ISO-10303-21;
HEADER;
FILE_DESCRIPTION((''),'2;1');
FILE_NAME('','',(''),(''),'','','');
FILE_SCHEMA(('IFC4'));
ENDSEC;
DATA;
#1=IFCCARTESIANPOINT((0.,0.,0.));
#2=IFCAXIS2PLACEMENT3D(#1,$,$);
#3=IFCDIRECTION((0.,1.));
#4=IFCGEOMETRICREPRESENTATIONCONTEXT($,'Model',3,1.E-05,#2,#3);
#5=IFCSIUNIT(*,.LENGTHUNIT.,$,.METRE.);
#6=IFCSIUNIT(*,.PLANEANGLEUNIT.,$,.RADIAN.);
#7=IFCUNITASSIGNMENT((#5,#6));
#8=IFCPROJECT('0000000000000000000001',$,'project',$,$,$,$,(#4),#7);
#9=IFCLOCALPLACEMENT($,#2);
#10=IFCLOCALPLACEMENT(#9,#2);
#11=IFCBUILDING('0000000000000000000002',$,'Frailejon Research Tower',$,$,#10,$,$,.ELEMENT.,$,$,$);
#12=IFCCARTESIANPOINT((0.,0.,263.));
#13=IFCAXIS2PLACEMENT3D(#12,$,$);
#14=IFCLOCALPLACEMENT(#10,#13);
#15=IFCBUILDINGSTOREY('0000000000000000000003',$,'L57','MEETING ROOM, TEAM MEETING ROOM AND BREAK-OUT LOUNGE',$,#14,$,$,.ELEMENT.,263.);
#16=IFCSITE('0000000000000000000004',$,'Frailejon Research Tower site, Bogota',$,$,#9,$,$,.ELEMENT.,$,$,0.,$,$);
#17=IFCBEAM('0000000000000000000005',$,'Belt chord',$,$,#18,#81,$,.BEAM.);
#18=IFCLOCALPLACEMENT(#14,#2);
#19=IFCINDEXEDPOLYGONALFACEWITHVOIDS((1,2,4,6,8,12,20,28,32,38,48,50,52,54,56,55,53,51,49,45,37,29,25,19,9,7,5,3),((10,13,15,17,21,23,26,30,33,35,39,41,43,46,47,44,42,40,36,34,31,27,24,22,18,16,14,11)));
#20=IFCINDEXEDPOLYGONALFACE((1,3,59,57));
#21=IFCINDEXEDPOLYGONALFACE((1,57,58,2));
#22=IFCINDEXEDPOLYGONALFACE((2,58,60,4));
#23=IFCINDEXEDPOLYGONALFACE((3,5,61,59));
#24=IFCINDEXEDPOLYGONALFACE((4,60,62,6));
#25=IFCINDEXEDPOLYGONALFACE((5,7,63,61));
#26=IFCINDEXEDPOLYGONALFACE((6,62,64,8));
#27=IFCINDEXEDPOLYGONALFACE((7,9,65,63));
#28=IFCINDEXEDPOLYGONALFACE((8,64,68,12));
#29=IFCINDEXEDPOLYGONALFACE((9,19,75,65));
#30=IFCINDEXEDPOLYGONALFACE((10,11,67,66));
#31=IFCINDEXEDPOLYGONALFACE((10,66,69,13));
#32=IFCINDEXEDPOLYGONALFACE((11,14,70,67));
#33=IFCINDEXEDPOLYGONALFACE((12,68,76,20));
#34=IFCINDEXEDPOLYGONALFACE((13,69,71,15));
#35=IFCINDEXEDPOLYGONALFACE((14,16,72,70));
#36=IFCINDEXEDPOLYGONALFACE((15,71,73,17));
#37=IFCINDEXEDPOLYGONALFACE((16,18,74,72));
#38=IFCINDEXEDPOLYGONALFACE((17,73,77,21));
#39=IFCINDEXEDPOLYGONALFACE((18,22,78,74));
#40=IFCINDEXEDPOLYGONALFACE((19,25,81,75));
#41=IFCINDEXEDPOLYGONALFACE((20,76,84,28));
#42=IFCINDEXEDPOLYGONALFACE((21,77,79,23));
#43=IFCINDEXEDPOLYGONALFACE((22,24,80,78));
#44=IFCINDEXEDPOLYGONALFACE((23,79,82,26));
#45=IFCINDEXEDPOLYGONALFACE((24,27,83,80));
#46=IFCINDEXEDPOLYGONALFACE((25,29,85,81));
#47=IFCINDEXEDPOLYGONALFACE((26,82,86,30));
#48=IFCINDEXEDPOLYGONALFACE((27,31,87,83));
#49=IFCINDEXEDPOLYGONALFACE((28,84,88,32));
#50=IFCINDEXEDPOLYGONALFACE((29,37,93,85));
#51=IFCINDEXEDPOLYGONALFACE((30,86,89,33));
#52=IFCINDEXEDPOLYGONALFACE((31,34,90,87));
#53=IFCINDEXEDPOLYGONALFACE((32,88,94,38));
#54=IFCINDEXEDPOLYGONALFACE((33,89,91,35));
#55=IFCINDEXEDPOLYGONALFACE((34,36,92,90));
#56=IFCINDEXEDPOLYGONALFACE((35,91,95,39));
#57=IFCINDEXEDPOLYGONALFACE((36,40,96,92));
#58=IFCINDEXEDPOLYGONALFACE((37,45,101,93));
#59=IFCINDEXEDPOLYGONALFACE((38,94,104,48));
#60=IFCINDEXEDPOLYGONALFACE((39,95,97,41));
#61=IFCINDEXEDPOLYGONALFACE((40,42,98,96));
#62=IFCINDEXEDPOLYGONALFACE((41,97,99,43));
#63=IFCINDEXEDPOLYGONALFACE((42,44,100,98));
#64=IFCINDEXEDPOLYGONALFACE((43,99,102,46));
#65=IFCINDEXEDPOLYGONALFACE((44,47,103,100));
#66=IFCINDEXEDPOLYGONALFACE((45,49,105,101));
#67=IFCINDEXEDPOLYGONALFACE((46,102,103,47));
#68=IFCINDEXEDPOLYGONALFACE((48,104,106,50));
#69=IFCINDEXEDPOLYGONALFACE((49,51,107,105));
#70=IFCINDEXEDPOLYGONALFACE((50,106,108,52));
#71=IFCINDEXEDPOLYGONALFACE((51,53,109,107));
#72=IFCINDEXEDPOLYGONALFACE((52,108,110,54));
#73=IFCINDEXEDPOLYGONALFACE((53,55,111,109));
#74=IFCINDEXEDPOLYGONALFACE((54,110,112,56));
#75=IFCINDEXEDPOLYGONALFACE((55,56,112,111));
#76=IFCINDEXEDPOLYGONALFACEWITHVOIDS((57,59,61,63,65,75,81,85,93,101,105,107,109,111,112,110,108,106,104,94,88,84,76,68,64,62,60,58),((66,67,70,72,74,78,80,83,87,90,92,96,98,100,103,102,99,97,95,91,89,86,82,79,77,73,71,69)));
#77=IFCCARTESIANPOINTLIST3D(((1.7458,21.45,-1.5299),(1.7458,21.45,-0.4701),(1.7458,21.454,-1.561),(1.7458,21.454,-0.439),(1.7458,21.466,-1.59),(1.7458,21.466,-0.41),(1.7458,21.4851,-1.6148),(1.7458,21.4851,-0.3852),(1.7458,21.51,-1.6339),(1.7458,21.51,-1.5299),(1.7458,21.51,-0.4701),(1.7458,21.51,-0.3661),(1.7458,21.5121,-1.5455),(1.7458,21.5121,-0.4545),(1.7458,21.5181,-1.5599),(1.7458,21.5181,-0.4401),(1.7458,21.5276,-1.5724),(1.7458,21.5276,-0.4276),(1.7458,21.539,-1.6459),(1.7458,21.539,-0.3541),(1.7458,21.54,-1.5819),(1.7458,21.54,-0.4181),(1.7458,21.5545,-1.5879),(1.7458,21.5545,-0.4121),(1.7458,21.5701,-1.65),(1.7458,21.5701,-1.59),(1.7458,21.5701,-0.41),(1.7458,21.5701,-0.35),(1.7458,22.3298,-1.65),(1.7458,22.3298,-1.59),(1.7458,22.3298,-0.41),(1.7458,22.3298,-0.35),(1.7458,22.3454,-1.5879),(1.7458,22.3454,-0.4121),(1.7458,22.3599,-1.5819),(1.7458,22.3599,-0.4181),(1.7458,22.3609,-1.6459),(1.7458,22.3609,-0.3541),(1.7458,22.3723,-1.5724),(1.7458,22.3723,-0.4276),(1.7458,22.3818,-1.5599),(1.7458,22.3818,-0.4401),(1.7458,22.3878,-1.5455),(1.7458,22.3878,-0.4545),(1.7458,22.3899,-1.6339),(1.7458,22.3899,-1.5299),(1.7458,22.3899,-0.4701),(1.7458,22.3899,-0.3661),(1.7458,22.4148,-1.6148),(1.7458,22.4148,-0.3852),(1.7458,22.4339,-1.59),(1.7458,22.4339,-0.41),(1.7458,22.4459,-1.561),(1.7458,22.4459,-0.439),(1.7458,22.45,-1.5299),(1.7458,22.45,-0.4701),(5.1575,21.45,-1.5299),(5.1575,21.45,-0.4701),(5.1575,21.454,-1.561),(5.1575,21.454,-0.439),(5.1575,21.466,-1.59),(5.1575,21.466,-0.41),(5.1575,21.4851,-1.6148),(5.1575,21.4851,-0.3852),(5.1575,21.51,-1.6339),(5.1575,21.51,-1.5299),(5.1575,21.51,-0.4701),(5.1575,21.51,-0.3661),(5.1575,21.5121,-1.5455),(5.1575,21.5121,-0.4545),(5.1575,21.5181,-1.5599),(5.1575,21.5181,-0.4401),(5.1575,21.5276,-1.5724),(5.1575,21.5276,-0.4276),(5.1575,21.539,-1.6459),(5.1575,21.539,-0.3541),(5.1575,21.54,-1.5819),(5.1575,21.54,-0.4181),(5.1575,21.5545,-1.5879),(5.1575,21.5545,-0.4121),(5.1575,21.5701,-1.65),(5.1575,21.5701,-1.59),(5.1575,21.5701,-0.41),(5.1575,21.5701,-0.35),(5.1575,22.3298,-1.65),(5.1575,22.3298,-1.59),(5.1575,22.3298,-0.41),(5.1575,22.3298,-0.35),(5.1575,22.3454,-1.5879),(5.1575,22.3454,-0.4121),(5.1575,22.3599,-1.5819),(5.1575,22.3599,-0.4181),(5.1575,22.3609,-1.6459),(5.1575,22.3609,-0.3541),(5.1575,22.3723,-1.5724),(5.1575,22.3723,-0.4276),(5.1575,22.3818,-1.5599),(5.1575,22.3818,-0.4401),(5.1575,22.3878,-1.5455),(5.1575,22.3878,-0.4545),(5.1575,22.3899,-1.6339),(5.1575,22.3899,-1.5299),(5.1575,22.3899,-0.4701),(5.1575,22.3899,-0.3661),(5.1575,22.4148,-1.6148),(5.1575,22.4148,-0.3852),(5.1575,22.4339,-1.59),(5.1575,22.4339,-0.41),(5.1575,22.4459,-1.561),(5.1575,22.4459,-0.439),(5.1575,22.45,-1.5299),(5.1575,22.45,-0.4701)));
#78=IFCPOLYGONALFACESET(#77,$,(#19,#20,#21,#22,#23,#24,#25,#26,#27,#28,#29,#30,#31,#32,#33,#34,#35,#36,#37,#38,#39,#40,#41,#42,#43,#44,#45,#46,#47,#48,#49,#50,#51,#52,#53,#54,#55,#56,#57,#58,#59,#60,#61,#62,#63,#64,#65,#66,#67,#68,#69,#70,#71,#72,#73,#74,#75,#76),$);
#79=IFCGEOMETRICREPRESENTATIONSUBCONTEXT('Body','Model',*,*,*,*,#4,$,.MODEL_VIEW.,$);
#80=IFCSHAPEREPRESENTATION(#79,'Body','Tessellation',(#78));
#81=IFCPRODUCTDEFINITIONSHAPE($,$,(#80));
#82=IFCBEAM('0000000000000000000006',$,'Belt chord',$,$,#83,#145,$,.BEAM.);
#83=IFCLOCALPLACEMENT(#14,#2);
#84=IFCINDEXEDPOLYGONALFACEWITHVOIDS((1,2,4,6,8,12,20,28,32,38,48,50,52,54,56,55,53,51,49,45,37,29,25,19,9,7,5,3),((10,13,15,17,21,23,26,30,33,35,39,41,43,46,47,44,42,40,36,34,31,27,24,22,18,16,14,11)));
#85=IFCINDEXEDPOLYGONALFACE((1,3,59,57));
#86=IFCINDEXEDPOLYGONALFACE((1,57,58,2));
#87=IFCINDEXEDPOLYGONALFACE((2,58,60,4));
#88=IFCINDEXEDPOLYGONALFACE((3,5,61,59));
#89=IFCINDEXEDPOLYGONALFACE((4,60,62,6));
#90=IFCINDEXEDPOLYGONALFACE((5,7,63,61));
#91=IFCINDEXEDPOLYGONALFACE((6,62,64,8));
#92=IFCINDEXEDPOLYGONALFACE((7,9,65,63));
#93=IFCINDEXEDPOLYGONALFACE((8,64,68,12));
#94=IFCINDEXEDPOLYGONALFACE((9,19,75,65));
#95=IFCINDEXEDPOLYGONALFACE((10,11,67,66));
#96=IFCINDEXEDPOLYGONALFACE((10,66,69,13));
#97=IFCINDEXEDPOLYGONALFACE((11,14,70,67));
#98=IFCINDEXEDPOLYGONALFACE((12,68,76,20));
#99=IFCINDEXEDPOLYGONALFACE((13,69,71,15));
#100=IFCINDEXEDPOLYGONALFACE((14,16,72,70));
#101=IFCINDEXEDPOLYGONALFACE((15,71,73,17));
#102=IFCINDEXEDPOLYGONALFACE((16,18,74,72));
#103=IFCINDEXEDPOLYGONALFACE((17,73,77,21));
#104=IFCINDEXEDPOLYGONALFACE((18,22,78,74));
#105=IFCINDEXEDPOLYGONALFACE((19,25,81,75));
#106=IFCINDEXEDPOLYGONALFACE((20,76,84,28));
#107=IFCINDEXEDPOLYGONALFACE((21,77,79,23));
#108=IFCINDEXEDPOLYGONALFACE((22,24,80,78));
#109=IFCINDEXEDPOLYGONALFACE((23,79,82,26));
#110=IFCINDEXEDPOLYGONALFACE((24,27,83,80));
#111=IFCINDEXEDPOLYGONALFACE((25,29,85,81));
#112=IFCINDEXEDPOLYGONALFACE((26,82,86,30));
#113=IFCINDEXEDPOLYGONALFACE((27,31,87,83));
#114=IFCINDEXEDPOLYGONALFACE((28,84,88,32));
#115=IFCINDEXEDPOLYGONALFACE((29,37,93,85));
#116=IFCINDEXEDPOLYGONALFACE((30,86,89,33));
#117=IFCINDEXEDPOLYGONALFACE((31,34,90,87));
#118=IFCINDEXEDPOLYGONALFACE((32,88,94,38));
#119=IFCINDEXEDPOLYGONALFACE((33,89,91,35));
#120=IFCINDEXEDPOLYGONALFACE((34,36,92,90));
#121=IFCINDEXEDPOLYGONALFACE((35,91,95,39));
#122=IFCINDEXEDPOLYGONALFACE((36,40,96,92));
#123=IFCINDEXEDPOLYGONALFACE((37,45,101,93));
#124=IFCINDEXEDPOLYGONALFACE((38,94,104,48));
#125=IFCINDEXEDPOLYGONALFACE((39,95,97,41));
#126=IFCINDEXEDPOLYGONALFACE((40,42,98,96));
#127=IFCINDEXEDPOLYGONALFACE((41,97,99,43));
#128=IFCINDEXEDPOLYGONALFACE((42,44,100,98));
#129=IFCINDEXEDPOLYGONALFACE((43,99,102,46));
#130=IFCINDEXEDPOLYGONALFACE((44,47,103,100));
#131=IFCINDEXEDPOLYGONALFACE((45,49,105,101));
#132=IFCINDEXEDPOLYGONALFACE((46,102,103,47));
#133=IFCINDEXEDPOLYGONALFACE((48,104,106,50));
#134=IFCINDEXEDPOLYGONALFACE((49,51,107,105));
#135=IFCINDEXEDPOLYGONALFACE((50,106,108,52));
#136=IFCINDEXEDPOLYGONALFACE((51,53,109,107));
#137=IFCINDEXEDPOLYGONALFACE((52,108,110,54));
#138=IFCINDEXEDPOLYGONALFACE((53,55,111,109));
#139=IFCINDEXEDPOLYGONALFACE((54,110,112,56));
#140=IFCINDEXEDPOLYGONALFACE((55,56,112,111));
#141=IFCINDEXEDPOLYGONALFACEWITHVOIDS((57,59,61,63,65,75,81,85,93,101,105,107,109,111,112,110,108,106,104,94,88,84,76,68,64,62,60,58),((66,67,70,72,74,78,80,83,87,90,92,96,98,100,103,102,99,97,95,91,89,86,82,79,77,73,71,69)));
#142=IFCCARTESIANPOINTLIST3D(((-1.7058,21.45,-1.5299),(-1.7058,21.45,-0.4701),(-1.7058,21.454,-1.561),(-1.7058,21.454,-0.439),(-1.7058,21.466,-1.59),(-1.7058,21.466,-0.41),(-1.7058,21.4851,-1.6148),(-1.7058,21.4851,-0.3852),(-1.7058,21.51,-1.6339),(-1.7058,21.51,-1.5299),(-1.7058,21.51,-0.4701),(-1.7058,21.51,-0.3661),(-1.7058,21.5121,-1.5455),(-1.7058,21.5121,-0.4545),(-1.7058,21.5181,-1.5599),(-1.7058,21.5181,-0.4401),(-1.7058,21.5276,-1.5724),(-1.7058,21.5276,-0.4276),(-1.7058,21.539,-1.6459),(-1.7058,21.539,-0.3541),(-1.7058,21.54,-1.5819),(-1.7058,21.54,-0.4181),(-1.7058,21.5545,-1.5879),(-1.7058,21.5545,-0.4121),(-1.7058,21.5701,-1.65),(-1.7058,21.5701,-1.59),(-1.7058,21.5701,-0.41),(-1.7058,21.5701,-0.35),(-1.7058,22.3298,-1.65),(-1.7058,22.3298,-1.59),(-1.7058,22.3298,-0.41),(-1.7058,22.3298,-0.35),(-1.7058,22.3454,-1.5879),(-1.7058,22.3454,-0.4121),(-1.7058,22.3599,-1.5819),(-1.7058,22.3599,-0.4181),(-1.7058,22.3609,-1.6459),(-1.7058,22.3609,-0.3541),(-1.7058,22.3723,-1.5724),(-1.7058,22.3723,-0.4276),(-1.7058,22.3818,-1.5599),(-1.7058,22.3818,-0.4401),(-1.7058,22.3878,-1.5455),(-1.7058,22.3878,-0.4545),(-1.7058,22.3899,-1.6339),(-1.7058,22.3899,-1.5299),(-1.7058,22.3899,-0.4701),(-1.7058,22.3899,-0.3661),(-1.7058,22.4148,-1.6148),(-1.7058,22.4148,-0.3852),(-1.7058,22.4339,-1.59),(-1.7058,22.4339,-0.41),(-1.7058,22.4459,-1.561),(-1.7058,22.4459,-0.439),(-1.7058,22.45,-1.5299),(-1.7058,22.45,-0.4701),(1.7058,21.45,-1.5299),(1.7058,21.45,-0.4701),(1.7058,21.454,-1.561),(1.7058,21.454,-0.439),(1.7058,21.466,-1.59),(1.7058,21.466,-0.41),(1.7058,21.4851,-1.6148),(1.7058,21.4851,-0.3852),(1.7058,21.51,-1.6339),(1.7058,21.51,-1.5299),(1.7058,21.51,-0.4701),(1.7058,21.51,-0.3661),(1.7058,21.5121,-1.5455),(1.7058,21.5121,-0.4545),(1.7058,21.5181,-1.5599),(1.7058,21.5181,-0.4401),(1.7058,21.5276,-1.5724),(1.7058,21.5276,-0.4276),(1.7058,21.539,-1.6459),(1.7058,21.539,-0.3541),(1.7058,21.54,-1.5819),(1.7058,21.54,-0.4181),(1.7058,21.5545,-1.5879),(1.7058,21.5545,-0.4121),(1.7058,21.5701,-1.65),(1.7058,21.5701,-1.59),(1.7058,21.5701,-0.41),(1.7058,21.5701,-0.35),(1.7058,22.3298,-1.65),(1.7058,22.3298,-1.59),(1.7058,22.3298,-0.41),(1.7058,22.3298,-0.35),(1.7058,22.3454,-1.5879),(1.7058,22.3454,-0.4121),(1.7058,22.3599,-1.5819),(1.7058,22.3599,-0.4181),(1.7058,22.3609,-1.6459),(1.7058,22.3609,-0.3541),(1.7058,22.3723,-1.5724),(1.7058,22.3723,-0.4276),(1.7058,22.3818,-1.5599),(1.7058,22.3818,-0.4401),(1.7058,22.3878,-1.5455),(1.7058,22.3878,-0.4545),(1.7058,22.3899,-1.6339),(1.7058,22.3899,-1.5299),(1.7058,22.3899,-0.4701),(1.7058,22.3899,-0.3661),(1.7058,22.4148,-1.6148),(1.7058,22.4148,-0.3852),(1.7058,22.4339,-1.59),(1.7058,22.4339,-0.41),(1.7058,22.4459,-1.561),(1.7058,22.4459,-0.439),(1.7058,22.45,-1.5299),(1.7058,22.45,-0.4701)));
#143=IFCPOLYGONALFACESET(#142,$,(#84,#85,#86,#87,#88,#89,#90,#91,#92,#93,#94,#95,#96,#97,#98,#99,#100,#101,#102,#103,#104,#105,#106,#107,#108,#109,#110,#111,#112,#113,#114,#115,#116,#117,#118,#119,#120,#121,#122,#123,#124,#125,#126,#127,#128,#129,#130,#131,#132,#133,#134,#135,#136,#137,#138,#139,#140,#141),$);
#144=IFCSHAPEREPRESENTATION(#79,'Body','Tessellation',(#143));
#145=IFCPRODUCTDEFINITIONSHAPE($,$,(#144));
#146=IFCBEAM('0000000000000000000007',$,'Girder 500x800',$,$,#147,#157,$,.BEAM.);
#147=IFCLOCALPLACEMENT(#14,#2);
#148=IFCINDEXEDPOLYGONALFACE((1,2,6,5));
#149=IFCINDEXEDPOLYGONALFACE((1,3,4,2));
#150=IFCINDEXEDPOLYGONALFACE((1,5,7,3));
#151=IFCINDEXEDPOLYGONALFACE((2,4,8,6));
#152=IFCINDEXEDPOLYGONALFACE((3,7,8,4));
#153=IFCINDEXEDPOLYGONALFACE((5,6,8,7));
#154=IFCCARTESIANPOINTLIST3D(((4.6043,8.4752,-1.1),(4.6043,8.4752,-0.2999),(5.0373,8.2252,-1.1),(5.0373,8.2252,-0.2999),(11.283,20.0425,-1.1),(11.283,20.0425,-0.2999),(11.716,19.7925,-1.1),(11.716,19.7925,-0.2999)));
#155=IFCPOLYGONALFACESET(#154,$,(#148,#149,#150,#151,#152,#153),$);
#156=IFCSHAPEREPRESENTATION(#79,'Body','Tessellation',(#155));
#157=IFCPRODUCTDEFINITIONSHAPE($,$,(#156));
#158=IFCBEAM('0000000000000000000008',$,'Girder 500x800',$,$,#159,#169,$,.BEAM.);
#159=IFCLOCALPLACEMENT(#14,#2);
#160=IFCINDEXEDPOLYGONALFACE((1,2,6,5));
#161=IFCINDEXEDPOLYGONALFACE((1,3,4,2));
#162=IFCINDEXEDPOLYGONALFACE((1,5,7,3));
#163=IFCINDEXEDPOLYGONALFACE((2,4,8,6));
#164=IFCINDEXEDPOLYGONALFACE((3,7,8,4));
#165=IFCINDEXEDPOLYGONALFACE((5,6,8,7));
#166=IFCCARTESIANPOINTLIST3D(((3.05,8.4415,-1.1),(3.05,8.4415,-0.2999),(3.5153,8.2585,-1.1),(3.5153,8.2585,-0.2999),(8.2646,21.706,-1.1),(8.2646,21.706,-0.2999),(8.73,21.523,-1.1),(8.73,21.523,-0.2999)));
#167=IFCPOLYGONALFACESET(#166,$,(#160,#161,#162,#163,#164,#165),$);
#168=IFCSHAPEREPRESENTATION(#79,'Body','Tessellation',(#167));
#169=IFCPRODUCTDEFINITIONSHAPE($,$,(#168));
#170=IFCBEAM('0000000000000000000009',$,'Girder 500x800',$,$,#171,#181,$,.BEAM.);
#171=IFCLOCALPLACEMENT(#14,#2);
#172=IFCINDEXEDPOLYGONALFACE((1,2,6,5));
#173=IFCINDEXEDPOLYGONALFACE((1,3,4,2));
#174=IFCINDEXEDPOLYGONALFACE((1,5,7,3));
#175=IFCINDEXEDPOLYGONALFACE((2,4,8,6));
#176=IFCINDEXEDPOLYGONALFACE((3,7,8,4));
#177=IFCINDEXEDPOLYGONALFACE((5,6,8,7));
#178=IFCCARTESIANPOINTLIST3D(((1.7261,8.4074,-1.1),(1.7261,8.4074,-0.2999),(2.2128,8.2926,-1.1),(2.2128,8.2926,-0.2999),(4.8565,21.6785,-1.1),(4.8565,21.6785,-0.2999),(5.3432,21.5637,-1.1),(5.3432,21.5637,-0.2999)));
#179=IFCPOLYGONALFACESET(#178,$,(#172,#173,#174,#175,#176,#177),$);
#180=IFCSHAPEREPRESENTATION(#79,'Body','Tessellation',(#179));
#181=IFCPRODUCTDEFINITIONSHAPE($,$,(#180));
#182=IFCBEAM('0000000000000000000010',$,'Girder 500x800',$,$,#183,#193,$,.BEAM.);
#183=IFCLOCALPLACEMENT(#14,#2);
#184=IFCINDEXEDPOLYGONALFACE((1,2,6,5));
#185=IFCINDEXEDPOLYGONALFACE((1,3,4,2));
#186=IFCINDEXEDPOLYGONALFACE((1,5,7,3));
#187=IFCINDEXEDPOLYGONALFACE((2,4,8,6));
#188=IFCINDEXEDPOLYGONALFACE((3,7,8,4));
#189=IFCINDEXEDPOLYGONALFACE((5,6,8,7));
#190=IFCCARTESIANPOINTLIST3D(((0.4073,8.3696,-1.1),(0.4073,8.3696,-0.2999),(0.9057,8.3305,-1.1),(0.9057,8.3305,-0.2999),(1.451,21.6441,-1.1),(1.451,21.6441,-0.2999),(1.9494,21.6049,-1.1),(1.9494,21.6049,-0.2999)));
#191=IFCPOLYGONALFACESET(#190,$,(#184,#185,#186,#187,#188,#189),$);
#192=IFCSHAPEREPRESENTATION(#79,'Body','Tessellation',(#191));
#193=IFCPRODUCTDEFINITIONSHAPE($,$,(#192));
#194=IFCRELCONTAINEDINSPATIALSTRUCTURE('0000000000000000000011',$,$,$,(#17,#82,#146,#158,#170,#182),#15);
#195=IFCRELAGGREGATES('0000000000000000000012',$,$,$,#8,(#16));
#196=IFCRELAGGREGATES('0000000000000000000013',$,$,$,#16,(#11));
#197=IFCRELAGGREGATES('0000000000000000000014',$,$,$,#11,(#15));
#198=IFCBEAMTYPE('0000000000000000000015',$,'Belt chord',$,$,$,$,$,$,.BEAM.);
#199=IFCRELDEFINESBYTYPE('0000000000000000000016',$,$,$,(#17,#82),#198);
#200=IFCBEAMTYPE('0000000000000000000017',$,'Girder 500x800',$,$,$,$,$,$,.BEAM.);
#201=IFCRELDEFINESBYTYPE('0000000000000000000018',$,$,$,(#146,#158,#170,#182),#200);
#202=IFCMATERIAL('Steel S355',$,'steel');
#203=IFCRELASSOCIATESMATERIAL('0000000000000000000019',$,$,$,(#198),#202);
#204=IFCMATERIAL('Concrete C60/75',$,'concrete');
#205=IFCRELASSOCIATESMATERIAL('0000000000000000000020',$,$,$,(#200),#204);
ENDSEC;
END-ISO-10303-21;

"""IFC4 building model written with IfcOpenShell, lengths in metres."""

from ifc_helpers import new_model, si_unit, direction, frame, origin, origin_2d, place, context, subcontext, project, spatial, rectangle, hollow_rectangle, extrude, material, material_profile, profile_set, type_object, element, save


model = new_model("IFC4")

# Units and contexts
model_context = context("Model", 3, precision=1e-05, world=origin(), true_north=direction((0.0, 1.0)))
body_context = subcontext(model_context, "Body", "Model", "MODEL_VIEW")
ifc_project = project(units=[si_unit("LENGTHUNIT", "METRE"), si_unit("PLANEANGLEUNIT", "RADIAN")], contexts=[model_context])

# Site, building, storey
site_placement = place(None, origin())
site = spatial("IfcSite", under=ifc_project, at=site_placement, Name="Frailejon Research Tower site, Bogota", CompositionType="ELEMENT", RefElevation=0.0)
building_placement = place(site_placement, origin())
building = spatial("IfcBuilding", under=site, at=building_placement, Name="Frailejon Research Tower", CompositionType="ELEMENT")
storey_placement = place(building_placement, frame((0.0, 0.0, 263.0)))
storey = spatial("IfcBuildingStorey", under=building, at=storey_placement, Name="L57", Description="MEETING ROOM, TEAM MEETING ROOM AND BREAK-OUT LOUNGE", CompositionType="ELEMENT", Elevation=263.0)

# Beams
ifc_material_1 = material(Name="Steel S355", Category="steel")
ifc_material_profile_1 = material_profile(ifc_material_1, hollow_rectangle(XDim=1.0, YDim=1.3, WallThickness=0.0601, InnerFilletRadius=0.0601, OuterFilletRadius=0.1201, at=origin_2d()), Name="Belt chord")
ifc_profile_set_1 = profile_set([ifc_material_profile_1], Name="Steel S355")
beam_type_1 = type_object("IfcBeamType", Name="Belt chord", PredefinedType="BEAM", material=ifc_profile_set_1)
for number, where, z_axis, x_axis, name in (
    (1, (5.1575, 21.95, -1.0), (-1.0, 0.0, 0.0), (0.0, -1.0, 0.0), "Belt chord"),
    (2, (1.7058, 21.95, -1.0), (-1.0, 0.0, 0.0), (0.0, -1.0, 0.0), "Belt chord"),
):
    element("IfcBeam", number, at=place(storey_placement, frame(where, z_axis=z_axis, x_axis=x_axis)), inside=storey, type_object=beam_type_1, Name=name, PredefinedType="BEAM", context=body_context, shape_type="SweptSolid", body=[
        extrude(hollow_rectangle(XDim=1.0, YDim=1.3, WallThickness=0.0601, InnerFilletRadius=0.0601, OuterFilletRadius=0.1201, at=origin_2d()), origin(), (0.0, 0.0, 1.0), 3.4116),
    ])
ifc_material_2 = material(Name="Concrete C60/75", Category="concrete")
ifc_material_profile_2 = material_profile(ifc_material_2, rectangle(XDim=0.5, YDim=0.8, at=origin_2d()), Name="Girder 500x800")
ifc_profile_set_2 = profile_set([ifc_material_profile_2], Name="Concrete C60/75")
beam_type_2 = type_object("IfcBeamType", Name="Girder 500x800", PredefinedType="BEAM", material=ifc_profile_set_2)
beam_1_placement = place(storey_placement, frame((11.4995, 19.9175, -0.7), z_axis=(-0.500016, -0.866016, 0.0), x_axis=(0.866016, -0.500016, 0.0)))
element("IfcBeam", 3, at=beam_1_placement, inside=storey, type_object=beam_type_2, Name="Girder 500x800", PredefinedType="BEAM", context=body_context, shape_type="SweptSolid", body=[
    extrude(rectangle(XDim=0.5, YDim=0.8, at=origin_2d()), origin(), (0.0, 0.0, 1.0), 13.3569),
])
beam_2_placement = place(storey_placement, frame((8.4973, 21.6145, -0.7), z_axis=(-0.36587, -0.930666, 0.0), x_axis=(0.930666, -0.36587, 0.0)))
element("IfcBeam", 4, at=beam_2_placement, inside=storey, type_object=beam_type_2, Name="Girder 500x800", PredefinedType="BEAM", context=body_context, shape_type="SweptSolid", body=[
    extrude(rectangle(XDim=0.5, YDim=0.8, at=origin_2d()), origin(), (0.0, 0.0, 1.0), 14.2527),
])
beam_3_placement = place(storey_placement, frame((5.0999, 21.6211, -0.7), z_axis=(-0.22958, -0.97329, 0.0), x_axis=(0.97329, -0.22958, 0.0)))
element("IfcBeam", 5, at=beam_3_placement, inside=storey, type_object=beam_type_2, Name="Girder 500x800", PredefinedType="BEAM", context=body_context, shape_type="SweptSolid", body=[
    extrude(rectangle(XDim=0.5, YDim=0.8, at=origin_2d()), origin(), (0.0, 0.0, 1.0), 13.6353),
])
beam_4_placement = place(storey_placement, frame((1.7002, 21.6245, -0.7), z_axis=(-0.078383, -0.996923, 0.0), x_axis=(0.996923, -0.078383, 0.0)))
element("IfcBeam", 6, at=beam_4_placement, inside=storey, type_object=beam_type_2, Name="Girder 500x800", PredefinedType="BEAM", context=body_context, shape_type="SweptSolid", body=[
    extrude(rectangle(XDim=0.5, YDim=0.8, at=origin_2d()), origin(), (0.0, 0.0, 1.0), 13.3154),
])

save(model, "model.ifc")
